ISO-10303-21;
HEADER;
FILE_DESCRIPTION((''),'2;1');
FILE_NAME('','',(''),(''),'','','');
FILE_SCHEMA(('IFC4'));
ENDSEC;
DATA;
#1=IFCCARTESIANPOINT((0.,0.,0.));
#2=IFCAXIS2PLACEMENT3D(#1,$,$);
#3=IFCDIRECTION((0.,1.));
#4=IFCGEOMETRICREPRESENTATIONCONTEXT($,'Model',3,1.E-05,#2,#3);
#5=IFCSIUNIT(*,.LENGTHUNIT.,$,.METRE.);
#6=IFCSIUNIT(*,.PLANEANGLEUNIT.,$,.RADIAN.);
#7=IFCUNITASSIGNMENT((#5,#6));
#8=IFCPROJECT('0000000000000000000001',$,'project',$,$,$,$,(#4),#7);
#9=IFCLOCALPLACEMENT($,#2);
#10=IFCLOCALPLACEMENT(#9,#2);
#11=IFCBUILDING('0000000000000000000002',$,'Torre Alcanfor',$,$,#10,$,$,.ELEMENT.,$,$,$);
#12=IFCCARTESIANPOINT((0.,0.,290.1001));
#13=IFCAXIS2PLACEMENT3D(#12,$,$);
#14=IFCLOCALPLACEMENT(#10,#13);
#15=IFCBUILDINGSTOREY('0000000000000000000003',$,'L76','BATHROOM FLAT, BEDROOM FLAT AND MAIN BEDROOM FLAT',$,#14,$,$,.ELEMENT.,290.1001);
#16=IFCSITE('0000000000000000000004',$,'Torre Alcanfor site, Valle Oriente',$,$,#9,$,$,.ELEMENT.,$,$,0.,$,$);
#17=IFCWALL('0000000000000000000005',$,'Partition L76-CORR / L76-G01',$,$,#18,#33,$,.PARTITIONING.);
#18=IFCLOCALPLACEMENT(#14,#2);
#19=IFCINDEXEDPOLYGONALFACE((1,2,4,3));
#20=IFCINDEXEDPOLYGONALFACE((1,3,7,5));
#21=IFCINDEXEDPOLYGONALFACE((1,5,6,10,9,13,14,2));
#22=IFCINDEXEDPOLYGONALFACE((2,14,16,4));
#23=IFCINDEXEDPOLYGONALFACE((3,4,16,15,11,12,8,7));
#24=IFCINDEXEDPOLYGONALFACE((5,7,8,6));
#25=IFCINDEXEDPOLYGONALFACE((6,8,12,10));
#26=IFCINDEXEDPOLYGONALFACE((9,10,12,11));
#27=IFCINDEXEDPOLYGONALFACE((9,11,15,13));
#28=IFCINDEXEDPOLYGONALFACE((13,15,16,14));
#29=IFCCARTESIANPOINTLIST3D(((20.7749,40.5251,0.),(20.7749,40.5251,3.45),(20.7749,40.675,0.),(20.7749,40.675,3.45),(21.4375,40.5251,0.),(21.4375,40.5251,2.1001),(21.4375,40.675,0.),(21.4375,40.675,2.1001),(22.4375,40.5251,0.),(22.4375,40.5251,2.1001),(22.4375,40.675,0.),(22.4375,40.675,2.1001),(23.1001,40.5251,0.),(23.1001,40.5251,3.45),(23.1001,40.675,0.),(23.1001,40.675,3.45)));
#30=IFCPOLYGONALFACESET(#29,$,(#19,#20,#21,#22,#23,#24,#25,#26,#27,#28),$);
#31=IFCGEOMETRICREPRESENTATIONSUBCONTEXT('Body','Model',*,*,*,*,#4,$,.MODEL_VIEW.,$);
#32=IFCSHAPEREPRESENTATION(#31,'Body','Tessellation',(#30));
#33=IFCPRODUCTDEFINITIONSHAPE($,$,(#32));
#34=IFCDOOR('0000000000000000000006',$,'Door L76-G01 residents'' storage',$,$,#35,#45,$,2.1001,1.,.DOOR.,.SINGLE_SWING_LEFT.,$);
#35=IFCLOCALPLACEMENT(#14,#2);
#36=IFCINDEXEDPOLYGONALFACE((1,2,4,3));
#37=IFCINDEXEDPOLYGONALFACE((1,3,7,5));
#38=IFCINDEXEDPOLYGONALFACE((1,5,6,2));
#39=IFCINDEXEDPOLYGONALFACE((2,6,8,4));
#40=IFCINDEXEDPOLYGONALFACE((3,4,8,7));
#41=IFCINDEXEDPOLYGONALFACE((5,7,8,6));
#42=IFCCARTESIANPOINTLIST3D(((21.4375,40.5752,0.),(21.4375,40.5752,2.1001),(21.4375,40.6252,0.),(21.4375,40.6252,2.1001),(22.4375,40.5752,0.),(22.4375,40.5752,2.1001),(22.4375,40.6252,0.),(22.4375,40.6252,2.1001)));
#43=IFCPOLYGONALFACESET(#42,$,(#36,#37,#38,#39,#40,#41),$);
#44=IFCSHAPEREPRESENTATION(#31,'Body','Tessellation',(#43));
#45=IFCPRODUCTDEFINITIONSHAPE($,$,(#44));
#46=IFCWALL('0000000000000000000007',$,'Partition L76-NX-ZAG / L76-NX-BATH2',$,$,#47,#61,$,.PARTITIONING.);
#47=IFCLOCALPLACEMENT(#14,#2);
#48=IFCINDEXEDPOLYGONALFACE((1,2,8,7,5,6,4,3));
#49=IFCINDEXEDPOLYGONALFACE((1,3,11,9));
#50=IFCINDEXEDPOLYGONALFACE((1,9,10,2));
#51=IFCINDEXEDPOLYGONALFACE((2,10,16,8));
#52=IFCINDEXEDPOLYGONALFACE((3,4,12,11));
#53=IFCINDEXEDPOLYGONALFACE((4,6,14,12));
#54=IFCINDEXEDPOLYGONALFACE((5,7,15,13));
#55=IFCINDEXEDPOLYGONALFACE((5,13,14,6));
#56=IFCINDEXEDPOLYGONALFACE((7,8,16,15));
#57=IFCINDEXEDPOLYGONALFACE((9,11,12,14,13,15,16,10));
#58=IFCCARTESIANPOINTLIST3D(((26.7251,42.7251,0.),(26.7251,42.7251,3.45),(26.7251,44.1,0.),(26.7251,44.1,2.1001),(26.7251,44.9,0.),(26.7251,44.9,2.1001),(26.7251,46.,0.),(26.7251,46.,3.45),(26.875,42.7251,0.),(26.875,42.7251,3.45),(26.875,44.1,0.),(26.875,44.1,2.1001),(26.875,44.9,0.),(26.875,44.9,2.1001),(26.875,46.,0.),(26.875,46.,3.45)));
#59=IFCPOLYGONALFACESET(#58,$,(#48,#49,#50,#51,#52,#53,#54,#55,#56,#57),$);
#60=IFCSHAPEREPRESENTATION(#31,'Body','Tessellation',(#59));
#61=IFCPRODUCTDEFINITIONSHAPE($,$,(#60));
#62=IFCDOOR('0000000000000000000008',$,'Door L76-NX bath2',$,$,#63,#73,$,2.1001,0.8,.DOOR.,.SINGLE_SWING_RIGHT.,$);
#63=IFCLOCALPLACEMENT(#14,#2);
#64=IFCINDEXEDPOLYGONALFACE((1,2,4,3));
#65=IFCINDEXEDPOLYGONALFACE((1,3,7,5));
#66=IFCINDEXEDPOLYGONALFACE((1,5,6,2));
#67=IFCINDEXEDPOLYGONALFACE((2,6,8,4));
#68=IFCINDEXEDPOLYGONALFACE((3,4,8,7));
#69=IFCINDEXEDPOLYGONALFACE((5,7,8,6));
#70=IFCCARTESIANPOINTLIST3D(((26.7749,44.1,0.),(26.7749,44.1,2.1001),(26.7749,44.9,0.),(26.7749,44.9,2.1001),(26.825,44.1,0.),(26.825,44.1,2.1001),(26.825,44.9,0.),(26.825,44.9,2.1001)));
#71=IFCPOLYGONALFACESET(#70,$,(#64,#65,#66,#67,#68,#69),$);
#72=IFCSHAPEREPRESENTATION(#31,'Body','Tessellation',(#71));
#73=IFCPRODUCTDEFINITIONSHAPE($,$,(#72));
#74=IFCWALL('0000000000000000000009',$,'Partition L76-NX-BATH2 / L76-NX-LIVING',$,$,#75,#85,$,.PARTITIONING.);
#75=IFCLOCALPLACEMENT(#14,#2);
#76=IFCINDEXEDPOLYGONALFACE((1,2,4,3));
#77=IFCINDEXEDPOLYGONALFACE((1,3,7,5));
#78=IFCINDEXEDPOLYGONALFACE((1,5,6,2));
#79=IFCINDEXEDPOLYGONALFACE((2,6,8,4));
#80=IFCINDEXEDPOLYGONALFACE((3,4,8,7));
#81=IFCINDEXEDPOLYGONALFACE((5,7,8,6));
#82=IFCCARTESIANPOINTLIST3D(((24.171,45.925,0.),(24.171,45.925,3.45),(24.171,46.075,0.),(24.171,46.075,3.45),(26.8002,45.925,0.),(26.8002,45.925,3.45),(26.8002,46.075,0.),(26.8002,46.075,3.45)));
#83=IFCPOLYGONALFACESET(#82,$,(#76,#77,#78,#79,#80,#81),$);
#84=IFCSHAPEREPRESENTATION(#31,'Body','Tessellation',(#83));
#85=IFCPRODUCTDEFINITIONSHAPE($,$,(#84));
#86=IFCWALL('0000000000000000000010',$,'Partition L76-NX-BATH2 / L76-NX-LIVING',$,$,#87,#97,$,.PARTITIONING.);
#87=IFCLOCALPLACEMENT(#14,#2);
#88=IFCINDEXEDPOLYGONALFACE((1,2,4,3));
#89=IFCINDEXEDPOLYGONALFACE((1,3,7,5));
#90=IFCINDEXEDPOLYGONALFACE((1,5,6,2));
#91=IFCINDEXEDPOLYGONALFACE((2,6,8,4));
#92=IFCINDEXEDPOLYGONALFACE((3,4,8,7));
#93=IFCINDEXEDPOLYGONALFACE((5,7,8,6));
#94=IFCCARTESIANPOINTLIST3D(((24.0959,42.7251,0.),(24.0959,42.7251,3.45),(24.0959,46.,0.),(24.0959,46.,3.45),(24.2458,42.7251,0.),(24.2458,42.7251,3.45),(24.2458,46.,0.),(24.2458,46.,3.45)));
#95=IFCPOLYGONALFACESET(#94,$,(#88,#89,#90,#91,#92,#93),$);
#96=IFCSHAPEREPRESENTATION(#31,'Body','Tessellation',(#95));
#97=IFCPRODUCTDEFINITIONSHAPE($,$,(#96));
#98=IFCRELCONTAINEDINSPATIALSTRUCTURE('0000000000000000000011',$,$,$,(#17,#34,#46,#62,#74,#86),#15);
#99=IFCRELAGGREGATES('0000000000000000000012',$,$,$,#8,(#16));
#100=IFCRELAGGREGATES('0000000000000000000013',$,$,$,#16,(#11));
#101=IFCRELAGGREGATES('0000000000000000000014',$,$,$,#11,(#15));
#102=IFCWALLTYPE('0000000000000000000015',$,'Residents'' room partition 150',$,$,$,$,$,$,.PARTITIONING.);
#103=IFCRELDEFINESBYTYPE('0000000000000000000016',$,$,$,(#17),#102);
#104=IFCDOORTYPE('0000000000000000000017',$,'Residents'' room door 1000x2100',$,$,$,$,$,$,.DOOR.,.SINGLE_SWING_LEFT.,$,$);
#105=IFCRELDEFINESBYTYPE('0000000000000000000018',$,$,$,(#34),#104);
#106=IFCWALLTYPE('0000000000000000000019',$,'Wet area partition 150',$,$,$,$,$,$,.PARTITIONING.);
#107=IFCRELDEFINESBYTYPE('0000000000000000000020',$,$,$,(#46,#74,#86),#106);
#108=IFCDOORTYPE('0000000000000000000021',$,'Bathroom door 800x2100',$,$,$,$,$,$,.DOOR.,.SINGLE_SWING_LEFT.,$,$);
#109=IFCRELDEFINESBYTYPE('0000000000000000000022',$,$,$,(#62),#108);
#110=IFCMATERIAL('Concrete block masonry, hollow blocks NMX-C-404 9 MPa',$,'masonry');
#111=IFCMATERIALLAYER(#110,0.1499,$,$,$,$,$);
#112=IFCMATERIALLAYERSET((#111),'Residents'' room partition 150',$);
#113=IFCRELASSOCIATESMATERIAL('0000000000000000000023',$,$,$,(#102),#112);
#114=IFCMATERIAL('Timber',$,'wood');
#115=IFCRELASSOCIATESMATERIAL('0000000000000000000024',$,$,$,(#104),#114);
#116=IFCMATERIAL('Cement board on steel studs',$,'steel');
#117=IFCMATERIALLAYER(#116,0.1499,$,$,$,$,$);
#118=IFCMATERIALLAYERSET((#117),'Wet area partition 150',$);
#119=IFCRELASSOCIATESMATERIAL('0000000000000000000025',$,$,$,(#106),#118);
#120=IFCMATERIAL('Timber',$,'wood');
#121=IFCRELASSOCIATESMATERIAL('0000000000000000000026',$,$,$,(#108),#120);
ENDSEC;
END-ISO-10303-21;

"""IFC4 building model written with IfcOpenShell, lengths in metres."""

from ifc_helpers import new_model, si_unit, direction, frame, frame_2d, origin, place, context, subcontext, project, spatial, rectangle, extrude, material, layer, layer_set, type_object, element, fill, save


model = new_model("IFC4")

# Units and contexts
model_context = context("Model", 3, precision=1e-05, world=origin(), true_north=direction((0.0, 1.0)))
body_context = subcontext(model_context, "Body", "Model", "MODEL_VIEW")
ifc_project = project(units=[si_unit("LENGTHUNIT", "METRE"), si_unit("PLANEANGLEUNIT", "RADIAN")], contexts=[model_context])

# Site, building, storey
site_placement = place(None, origin())
site = spatial("IfcSite", under=ifc_project, at=site_placement, Name="Torre Alcanfor site, Valle Oriente", CompositionType="ELEMENT", RefElevation=0.0)
building_placement = place(site_placement, origin())
building = spatial("IfcBuilding", under=site, at=building_placement, Name="Torre Alcanfor", CompositionType="ELEMENT")
storey_placement = place(building_placement, frame((0.0, 0.0, 290.1001)))
storey = spatial("IfcBuildingStorey", under=building, at=storey_placement, Name="L76", Description="BATHROOM FLAT, BEDROOM FLAT AND MAIN BEDROOM FLAT", CompositionType="ELEMENT", Elevation=290.1001)

# Shared definitions
ifc_material_1 = material(Name="Concrete block masonry, hollow blocks NMX-C-404 9 MPa", Category="masonry")
ifc_layer_1 = layer(ifc_material_1, 0.1499)
ifc_layer_set_1 = layer_set([ifc_layer_1], Name="Residents' room partition 150")
wall_type_1 = type_object("IfcWallType", Name="Residents' room partition 150", PredefinedType="PARTITIONING", material=ifc_layer_set_1)

# Walls, openings, doors
wall_1_placement = place(storey_placement, frame((23.1001, 40.6001, 0.0), z_axis=(0.0, 0.0, 1.0), x_axis=(-1.0, 0.0, 0.0)))
wall_1 = element("IfcWall", 1, at=wall_1_placement, inside=storey, type_object=wall_type_1, Name="Partition L76-CORR / L76-G01", PredefinedType="PARTITIONING", context=body_context, shape_type="SweptSolid", body=[
    extrude(rectangle(XDim=2.3252, YDim=0.1499, at=frame_2d((1.1626, 0.0))), origin(), (0.0, 0.0, 1.0), 3.45),
])
opening_1_placement = place(wall_1_placement, frame((0.6626, 0.0, 0.0)))
opening_1 = element("IfcOpeningElement", 2, at=opening_1_placement, cuts=wall_1, PredefinedType="OPENING", context=body_context, shape_type="SweptSolid", body=[
    extrude(rectangle(XDim=1.0, YDim=2.1001, at=frame_2d((0.5, 1.05))), frame((0.0, 0.085, 0.0), z_axis=(0.0, -1.0, 0.0), x_axis=(1.0, 0.0, 0.0)), (0.0, 0.0, 1.0), 0.1699),
])
ifc_material_2 = material(Name="Timber", Category="wood")
door_type_1 = type_object("IfcDoorType", Name="Residents' room door 1000x2100", OperationType="SINGLE_SWING_LEFT", PredefinedType="DOOR", material=ifc_material_2)
door_1_placement = place(opening_1_placement, origin())
door_1 = element("IfcDoor", 3, at=door_1_placement, inside=storey, type_object=door_type_1, Name="Door L76-G01 residents' storage", OperationType="SINGLE_SWING_LEFT", OverallHeight=2.1001, OverallWidth=1.0, PredefinedType="DOOR", context=body_context, shape_type="SweptSolid", body=[
    extrude(rectangle(XDim=1.0, YDim=2.1001, at=frame_2d((0.5, 1.05))), frame((0.0, 0.0249, 0.0), z_axis=(0.0, -1.0, 0.0), x_axis=(1.0, 0.0, 0.0)), (0.0, 0.0, 1.0), 0.05),
])
fill(opening_1, door_1)
ifc_material_3 = material(Name="Cement board on steel studs", Category="steel")
ifc_layer_2 = layer(ifc_material_3, 0.1499)
ifc_layer_set_2 = layer_set([ifc_layer_2], Name="Wet area partition 150")
wall_type_2 = type_object("IfcWallType", Name="Wet area partition 150", PredefinedType="PARTITIONING", material=ifc_layer_set_2)
wall_2_placement = place(storey_placement, frame((26.8, 46.0, 0.0), z_axis=(0.0, 0.0, 1.0), x_axis=(0.0, -1.0, 0.0)))
wall_2 = element("IfcWall", 4, at=wall_2_placement, inside=storey, type_object=wall_type_2, Name="Partition L76-NX-ZAG / L76-NX-BATH2", PredefinedType="PARTITIONING", context=body_context, shape_type="SweptSolid", body=[
    extrude(rectangle(XDim=3.2749, YDim=0.1499, at=frame_2d((1.6375, 0.0))), origin(), (0.0, 0.0, 1.0), 3.45),
])
opening_2_placement = place(wall_2_placement, frame((1.1001, 0.0, 0.0)))
opening_2 = element("IfcOpeningElement", 5, at=opening_2_placement, cuts=wall_2, PredefinedType="OPENING", context=body_context, shape_type="SweptSolid", body=[
    extrude(rectangle(XDim=0.8, YDim=2.1001, at=frame_2d((0.3999, 1.05))), frame((0.0, 0.085, 0.0), z_axis=(0.0, -1.0, 0.0), x_axis=(1.0, 0.0, 0.0)), (0.0, 0.0, 1.0), 0.1699),
])
ifc_material_4 = material(Name="Timber", Category="wood")
door_type_2 = type_object("IfcDoorType", Name="Bathroom door 800x2100", OperationType="SINGLE_SWING_LEFT", PredefinedType="DOOR", material=ifc_material_4)
door_2_placement = place(opening_2_placement, frame((0.8, 0.0, 0.0), z_axis=(0.0, 0.0, 1.0), x_axis=(-1.0, 0.0, 0.0)))
door_2 = element("IfcDoor", 6, at=door_2_placement, inside=storey, type_object=door_type_2, Name="Door L76-NX bath2", OperationType="SINGLE_SWING_RIGHT", OverallHeight=2.1001, OverallWidth=0.8, PredefinedType="DOOR", context=body_context, shape_type="SweptSolid", body=[
    extrude(rectangle(XDim=0.8, YDim=2.1001, at=frame_2d((0.4001, 1.05))), frame((0.0, 0.0251, 0.0), z_axis=(0.0, -1.0, 0.0), x_axis=(1.0, 0.0, 0.0)), (0.0, 0.0, 1.0), 0.05),
])
fill(opening_2, door_2)

# Walls
wall_3_placement = place(storey_placement, frame((26.8, 46.0, 0.0), z_axis=(0.0, 0.0, 1.0), x_axis=(-1.0, 0.0, 0.0)))
element("IfcWall", 7, at=wall_3_placement, inside=storey, type_object=wall_type_2, Name="Partition L76-NX-BATH2 / L76-NX-LIVING", PredefinedType="PARTITIONING", context=body_context, shape_type="SweptSolid", body=[
    extrude(rectangle(XDim=2.6292, YDim=0.1499, at=frame_2d((1.3145, 0.0))), origin(), (0.0, 0.0, 1.0), 3.45),
])
wall_4_placement = place(storey_placement, frame((24.1709, 46.0, 0.0), z_axis=(0.0, 0.0, 1.0), x_axis=(0.0, -1.0, 0.0)))
element("IfcWall", 8, at=wall_4_placement, inside=storey, type_object=wall_type_2, Name="Partition L76-NX-BATH2 / L76-NX-LIVING", PredefinedType="PARTITIONING", context=body_context, shape_type="SweptSolid", body=[
    extrude(rectangle(XDim=3.2749, YDim=0.1499, at=frame_2d((1.6375, 0.0))), origin(), (0.0, 0.0, 1.0), 3.45),
])

save(model, "model.ifc")
